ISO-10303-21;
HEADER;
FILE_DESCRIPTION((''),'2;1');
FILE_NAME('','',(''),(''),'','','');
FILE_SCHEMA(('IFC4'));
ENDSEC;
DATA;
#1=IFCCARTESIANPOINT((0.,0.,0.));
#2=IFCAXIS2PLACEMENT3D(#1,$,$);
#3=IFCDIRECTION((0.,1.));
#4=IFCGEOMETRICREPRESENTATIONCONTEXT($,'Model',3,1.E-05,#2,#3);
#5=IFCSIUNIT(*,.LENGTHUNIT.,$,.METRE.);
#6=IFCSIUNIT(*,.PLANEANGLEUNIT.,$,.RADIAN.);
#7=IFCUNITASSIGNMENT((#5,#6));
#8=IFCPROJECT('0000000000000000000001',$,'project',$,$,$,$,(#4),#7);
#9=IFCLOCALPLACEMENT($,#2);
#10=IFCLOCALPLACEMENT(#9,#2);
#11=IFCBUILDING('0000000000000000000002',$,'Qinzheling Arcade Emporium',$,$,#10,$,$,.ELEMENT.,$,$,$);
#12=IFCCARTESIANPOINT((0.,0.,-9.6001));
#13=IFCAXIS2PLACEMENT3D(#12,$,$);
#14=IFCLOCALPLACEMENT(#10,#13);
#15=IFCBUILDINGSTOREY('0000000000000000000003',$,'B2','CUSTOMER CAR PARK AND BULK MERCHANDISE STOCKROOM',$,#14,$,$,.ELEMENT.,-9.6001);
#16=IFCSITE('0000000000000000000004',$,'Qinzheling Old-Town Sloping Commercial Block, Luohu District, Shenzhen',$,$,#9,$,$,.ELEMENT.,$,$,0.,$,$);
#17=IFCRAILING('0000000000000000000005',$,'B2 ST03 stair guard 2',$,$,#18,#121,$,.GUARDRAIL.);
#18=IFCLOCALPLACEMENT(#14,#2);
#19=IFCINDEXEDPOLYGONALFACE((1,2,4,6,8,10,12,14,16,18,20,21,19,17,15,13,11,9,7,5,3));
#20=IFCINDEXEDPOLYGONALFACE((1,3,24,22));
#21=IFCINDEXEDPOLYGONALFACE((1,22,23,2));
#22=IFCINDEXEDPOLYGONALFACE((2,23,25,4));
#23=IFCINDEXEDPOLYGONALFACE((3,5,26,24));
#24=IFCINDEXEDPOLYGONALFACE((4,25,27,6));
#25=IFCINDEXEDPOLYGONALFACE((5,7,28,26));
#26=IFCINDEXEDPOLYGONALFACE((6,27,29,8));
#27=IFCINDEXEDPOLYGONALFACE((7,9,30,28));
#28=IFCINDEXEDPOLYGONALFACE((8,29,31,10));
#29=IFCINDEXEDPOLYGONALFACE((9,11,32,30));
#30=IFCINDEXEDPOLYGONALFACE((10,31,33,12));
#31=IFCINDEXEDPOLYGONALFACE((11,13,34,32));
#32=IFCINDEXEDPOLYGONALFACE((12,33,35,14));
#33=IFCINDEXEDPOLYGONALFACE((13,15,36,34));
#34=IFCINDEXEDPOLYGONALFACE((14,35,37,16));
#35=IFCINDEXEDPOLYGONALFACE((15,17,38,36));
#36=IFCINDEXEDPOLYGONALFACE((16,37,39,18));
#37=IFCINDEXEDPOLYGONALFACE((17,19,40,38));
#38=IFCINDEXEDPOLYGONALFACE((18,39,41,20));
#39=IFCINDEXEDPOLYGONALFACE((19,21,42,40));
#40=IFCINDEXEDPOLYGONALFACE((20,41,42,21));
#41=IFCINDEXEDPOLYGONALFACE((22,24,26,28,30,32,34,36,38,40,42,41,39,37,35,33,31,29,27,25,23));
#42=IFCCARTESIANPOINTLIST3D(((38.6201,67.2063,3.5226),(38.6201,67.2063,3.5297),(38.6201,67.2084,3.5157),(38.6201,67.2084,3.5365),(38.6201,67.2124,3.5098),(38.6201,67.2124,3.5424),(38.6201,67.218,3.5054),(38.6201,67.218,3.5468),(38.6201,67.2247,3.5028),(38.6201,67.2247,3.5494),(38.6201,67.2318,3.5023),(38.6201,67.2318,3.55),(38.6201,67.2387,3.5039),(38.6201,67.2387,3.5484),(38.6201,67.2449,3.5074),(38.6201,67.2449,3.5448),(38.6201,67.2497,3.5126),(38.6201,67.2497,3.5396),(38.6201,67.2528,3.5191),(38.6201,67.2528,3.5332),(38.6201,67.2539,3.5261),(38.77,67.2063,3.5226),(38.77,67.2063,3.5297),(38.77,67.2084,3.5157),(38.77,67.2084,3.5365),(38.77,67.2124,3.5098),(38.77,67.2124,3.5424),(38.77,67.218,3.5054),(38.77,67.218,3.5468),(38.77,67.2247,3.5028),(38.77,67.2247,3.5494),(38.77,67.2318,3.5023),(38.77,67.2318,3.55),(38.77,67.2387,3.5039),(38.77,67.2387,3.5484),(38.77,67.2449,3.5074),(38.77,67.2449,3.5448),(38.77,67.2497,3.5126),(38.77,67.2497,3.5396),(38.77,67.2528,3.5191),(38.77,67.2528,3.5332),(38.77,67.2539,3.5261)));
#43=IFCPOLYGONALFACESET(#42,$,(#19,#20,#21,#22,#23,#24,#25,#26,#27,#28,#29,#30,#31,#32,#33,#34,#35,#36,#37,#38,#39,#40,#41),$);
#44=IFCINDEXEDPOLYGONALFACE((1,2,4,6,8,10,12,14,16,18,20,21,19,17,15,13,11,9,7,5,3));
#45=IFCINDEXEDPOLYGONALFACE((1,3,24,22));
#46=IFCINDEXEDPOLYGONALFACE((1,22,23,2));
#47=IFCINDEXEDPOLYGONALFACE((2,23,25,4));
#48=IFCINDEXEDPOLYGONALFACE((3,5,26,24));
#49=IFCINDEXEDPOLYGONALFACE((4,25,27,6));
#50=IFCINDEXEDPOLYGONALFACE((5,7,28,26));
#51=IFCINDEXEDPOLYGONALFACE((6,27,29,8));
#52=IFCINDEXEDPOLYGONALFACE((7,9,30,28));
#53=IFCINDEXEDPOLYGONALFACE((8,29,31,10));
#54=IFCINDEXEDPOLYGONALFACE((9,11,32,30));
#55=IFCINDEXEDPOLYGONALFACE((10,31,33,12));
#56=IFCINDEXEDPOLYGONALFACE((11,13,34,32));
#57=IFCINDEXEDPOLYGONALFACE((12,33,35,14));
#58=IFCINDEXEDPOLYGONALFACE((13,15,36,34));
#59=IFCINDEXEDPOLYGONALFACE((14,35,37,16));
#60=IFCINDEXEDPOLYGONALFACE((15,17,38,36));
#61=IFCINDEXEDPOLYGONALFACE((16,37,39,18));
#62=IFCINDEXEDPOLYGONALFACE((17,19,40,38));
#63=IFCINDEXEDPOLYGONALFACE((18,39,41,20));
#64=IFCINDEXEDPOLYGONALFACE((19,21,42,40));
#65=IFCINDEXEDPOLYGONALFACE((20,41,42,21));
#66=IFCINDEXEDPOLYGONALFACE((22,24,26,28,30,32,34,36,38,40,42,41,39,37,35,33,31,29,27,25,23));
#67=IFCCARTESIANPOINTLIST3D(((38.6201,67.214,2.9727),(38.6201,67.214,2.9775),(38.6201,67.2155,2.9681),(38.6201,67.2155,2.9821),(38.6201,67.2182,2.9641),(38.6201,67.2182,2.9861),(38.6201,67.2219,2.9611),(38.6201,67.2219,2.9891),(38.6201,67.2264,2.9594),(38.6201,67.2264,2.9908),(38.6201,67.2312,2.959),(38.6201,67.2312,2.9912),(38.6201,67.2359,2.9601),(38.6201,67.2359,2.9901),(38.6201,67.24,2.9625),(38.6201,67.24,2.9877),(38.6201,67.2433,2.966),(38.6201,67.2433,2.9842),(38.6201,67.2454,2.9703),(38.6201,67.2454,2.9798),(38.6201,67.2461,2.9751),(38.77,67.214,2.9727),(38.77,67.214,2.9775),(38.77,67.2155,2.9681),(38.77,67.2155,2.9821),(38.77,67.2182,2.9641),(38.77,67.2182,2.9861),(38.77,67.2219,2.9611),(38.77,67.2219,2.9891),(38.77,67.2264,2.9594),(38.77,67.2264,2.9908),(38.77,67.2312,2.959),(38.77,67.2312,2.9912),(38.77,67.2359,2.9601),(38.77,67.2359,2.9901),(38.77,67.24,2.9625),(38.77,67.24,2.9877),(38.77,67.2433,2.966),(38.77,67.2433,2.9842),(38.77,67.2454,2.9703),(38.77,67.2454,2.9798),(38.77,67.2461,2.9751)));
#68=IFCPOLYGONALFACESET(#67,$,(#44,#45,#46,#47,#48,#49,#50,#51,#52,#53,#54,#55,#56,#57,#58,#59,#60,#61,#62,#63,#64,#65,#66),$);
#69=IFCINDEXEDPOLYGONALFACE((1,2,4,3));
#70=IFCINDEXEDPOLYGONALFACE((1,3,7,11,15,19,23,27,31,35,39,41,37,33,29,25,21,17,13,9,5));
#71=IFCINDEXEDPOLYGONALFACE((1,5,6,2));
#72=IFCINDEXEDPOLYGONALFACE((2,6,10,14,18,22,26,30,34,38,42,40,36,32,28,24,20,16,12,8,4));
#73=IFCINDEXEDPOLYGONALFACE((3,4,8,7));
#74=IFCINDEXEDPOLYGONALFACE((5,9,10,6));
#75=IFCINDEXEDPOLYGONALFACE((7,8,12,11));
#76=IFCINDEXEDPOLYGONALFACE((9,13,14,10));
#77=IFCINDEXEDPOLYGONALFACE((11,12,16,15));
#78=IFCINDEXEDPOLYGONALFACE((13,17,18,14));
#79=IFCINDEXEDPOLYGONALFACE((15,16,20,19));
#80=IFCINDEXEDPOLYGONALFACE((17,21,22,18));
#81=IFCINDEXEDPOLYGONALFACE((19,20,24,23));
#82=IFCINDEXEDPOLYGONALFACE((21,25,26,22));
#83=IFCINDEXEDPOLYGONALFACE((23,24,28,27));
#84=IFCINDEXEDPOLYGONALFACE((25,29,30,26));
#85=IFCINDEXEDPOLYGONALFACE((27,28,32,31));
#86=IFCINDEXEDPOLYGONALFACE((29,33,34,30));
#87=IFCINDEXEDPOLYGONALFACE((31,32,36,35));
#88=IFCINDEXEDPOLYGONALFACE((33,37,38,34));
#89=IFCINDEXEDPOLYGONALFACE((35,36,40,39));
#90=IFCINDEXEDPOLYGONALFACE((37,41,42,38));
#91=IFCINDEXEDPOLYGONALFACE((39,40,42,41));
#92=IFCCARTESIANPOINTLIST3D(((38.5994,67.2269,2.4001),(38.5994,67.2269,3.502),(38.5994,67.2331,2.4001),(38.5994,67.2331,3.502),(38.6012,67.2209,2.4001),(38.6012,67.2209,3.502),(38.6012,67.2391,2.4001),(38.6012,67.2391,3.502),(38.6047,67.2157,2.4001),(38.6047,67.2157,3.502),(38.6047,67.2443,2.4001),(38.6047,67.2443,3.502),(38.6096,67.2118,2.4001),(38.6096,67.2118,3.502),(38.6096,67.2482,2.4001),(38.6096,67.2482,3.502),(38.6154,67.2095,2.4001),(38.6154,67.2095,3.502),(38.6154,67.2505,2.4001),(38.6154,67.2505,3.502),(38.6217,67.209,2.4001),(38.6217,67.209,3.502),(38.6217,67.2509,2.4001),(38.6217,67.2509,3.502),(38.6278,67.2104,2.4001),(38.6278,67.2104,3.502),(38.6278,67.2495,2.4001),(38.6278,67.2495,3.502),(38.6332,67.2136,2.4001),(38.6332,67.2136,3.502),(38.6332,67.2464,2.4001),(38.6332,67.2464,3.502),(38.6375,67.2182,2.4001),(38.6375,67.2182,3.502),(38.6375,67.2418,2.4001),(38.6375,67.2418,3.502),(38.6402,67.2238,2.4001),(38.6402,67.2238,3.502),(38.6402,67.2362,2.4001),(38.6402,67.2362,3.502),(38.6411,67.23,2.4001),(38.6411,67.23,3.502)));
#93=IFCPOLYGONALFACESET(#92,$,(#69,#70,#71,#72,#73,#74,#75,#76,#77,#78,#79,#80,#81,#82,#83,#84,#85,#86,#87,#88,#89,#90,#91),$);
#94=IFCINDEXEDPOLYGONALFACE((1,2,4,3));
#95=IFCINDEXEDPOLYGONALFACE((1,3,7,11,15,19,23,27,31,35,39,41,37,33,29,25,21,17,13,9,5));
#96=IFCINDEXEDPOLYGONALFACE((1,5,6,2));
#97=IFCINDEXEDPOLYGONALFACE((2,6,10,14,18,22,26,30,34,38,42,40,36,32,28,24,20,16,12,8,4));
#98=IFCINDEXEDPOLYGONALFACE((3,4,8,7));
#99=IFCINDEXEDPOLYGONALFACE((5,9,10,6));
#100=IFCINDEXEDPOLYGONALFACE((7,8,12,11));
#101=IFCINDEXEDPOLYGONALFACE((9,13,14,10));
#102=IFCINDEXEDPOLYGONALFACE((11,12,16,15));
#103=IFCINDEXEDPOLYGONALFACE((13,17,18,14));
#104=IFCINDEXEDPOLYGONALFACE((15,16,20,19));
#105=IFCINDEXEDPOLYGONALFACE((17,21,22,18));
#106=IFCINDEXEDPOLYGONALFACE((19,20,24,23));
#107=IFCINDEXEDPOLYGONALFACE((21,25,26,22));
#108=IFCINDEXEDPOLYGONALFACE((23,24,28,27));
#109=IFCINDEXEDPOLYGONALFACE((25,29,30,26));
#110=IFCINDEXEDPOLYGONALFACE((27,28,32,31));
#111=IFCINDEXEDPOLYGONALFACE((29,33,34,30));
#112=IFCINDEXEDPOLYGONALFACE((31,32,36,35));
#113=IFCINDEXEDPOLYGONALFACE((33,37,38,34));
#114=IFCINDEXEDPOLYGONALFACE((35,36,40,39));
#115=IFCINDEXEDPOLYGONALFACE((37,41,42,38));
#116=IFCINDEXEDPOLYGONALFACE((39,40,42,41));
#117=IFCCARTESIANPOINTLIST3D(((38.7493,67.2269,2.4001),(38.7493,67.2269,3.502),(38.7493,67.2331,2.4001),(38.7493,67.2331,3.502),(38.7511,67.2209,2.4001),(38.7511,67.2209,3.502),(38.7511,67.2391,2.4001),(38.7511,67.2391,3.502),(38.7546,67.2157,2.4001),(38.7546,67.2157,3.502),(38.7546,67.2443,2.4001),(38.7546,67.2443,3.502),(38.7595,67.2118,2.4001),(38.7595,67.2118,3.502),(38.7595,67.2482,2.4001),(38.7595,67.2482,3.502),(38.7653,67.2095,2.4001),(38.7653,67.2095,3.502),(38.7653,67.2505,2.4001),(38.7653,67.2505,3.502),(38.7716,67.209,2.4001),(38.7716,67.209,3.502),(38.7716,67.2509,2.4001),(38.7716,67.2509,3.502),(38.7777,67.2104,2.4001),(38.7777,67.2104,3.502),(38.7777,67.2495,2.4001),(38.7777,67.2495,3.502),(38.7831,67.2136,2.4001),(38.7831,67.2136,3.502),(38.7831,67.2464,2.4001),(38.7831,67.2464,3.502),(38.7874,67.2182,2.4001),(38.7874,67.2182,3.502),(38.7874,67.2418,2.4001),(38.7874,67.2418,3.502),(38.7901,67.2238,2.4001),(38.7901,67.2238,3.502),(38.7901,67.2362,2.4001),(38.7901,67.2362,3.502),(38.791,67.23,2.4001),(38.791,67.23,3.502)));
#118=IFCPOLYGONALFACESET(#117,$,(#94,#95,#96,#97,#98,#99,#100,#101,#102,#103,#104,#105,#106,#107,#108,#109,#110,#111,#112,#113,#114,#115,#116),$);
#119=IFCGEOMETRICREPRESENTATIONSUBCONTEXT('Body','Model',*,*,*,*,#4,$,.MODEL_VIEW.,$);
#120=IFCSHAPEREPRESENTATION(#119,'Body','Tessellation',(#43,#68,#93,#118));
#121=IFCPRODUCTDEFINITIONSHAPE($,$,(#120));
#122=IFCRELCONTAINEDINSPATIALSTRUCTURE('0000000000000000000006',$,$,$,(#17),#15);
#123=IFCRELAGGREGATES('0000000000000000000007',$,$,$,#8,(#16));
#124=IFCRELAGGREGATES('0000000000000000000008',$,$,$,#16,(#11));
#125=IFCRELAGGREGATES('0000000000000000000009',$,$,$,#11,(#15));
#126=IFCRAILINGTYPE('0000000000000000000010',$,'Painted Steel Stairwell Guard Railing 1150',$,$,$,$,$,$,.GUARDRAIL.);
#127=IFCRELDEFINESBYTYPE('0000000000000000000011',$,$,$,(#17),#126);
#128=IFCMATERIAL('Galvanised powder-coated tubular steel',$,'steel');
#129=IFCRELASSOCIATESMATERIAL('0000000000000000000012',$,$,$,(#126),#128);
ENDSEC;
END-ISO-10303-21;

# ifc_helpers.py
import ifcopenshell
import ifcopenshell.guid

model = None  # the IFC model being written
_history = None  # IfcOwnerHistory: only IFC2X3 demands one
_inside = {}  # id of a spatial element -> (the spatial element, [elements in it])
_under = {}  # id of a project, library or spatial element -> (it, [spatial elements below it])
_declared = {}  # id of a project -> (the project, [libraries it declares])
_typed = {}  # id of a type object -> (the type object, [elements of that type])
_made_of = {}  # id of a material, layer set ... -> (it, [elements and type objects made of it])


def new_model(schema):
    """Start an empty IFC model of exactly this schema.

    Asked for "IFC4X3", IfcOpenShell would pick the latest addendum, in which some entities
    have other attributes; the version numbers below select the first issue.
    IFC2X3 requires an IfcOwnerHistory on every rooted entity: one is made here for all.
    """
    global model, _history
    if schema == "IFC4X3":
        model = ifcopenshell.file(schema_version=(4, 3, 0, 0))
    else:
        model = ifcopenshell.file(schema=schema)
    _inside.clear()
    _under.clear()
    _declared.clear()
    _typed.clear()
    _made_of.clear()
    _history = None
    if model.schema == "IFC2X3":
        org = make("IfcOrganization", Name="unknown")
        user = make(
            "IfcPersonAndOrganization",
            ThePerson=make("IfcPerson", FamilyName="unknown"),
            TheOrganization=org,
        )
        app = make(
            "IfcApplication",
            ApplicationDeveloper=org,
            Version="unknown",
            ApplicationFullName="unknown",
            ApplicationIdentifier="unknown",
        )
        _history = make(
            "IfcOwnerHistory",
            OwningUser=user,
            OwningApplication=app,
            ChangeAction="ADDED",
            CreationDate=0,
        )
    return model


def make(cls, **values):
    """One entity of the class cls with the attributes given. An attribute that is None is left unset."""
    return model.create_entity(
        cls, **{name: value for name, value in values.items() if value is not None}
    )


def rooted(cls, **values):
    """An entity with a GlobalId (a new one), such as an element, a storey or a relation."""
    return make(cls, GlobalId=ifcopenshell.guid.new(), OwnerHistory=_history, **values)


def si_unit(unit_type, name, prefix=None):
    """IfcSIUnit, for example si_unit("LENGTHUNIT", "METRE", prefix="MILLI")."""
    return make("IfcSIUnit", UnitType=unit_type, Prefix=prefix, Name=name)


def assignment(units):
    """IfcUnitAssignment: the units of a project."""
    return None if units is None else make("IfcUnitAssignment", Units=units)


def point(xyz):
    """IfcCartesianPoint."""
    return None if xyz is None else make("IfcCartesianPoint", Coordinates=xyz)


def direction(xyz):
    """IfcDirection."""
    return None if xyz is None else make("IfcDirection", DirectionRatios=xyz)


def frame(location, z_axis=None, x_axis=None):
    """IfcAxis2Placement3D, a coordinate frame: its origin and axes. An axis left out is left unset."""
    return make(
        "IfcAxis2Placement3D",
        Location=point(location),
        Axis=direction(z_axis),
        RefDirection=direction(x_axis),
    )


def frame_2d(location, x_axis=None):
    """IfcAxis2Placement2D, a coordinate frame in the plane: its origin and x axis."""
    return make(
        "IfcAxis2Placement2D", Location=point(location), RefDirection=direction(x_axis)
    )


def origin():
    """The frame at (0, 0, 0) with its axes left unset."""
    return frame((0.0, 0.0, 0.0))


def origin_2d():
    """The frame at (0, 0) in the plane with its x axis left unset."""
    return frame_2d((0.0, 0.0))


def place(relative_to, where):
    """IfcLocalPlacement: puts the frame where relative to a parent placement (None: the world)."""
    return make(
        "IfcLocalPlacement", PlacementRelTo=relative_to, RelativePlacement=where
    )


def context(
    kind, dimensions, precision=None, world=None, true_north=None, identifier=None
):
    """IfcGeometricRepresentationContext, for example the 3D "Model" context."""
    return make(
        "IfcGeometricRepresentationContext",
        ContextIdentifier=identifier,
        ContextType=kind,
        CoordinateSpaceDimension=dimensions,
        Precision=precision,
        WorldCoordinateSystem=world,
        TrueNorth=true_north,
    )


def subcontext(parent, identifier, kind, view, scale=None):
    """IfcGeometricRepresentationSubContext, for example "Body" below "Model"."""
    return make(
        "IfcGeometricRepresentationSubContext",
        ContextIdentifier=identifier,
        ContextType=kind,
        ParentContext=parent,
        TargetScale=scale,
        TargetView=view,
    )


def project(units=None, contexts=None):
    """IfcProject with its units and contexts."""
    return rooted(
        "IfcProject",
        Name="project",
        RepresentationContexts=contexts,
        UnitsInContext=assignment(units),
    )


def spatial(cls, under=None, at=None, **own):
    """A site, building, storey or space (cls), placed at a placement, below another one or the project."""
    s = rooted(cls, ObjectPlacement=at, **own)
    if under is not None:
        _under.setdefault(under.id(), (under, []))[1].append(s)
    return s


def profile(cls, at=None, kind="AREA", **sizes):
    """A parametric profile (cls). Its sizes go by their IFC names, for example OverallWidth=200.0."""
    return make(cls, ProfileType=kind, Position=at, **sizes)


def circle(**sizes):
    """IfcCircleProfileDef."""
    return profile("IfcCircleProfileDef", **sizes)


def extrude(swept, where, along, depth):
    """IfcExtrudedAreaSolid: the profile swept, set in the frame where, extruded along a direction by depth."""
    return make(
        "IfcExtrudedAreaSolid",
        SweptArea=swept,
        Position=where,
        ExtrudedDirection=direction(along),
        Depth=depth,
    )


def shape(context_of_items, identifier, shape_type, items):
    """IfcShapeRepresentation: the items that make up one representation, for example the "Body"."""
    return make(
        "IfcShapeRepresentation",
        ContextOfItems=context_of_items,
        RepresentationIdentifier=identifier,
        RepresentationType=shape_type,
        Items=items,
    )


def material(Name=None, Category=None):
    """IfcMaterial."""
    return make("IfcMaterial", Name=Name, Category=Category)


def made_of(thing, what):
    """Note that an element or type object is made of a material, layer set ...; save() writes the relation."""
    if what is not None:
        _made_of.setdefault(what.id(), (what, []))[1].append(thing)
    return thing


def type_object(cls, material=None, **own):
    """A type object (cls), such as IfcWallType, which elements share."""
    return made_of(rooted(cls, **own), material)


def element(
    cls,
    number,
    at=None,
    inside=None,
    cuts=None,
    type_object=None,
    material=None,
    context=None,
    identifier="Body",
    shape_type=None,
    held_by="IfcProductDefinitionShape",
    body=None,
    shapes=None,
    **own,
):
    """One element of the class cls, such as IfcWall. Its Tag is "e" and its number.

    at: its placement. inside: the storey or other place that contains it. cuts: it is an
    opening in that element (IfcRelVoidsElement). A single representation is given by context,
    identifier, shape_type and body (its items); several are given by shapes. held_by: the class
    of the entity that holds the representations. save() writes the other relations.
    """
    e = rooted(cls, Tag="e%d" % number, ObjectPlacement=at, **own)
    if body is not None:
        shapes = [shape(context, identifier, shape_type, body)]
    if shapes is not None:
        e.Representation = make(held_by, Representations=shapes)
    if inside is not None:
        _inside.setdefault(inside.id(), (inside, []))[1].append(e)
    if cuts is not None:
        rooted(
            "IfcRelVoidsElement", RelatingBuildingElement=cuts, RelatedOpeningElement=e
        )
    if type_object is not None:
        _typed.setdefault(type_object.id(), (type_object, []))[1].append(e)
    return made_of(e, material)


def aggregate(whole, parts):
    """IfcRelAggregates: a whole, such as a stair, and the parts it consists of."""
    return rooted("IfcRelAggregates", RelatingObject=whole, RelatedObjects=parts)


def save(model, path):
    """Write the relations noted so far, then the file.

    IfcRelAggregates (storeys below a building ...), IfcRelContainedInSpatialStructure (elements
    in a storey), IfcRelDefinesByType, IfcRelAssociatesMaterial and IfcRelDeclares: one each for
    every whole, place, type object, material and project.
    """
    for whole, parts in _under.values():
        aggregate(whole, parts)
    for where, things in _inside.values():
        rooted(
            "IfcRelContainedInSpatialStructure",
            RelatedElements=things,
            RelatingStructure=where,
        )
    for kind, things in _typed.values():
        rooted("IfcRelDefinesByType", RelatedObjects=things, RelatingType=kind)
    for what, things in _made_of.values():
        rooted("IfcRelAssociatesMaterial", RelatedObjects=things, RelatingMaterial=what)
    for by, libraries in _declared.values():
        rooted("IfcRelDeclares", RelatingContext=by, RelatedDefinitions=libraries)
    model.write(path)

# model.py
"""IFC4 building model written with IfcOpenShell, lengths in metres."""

from ifc_helpers import new_model, si_unit, direction, frame, origin, origin_2d, place, context, subcontext, project, spatial, circle, extrude, material, type_object, element, save


model = new_model("IFC4")

# Units and contexts
model_context = context("Model", 3, precision=1e-05, world=origin(), true_north=direction((0.0, 1.0)))
body_context = subcontext(model_context, "Body", "Model", "MODEL_VIEW")
ifc_project = project(units=[si_unit("LENGTHUNIT", "METRE"), si_unit("PLANEANGLEUNIT", "RADIAN")], contexts=[model_context])

# Site, building, storey
site_placement = place(None, origin())
site = spatial("IfcSite", under=ifc_project, at=site_placement, Name="Qinzheling Old-Town Sloping Commercial Block, Luohu District, Shenzhen", CompositionType="ELEMENT", RefElevation=0.0)
building_placement = place(site_placement, origin())
building = spatial("IfcBuilding", under=site, at=building_placement, Name="Qinzheling Arcade Emporium", CompositionType="ELEMENT")
storey_placement = place(building_placement, frame((0.0, 0.0, -9.6001)))
storey = spatial("IfcBuildingStorey", under=building, at=storey_placement, Name="B2", Description="CUSTOMER CAR PARK AND BULK MERCHANDISE STOCKROOM", CompositionType="ELEMENT", Elevation=-9.6001)

# Railing
ifc_material_1 = material(Name="Galvanised powder-coated tubular steel", Category="steel")
railing_type = type_object("IfcRailingType", Name="Painted Steel Stairwell Guard Railing 1150", PredefinedType="GUARDRAIL", material=ifc_material_1)
railing_1_placement = place(storey_placement, frame((38.6201, 67.23, 2.4001)))
element("IfcRailing", 1, at=railing_1_placement, inside=storey, type_object=railing_type, Name="B2 ST03 stair guard 2", PredefinedType="GUARDRAIL", context=body_context, shape_type="SweptSolid", body=[
    extrude(circle(Radius=0.0239, at=origin_2d()), frame((0.0, 0.0, 1.126), z_axis=(1.0, 0.0, 0.0), x_axis=(0.0, 1.0, 0.0)), (0.0, 0.0, 1.0), 0.1499),
    extrude(circle(Radius=0.0161, at=origin_2d()), frame((0.0, 0.0, 0.575), z_axis=(1.0, 0.0, 0.0), x_axis=(0.0, 1.0, 0.0)), (0.0, 0.0, 1.0), 0.1499),
    extrude(circle(Radius=0.021, at=origin_2d()), origin(), (0.0, 0.0, 1.0), 1.1018),
    extrude(circle(Radius=0.021, at=origin_2d()), frame((0.1499, 0.0, 0.0)), (0.0, 0.0, 1.0), 1.1018),
])

save(model, "model.ifc")
